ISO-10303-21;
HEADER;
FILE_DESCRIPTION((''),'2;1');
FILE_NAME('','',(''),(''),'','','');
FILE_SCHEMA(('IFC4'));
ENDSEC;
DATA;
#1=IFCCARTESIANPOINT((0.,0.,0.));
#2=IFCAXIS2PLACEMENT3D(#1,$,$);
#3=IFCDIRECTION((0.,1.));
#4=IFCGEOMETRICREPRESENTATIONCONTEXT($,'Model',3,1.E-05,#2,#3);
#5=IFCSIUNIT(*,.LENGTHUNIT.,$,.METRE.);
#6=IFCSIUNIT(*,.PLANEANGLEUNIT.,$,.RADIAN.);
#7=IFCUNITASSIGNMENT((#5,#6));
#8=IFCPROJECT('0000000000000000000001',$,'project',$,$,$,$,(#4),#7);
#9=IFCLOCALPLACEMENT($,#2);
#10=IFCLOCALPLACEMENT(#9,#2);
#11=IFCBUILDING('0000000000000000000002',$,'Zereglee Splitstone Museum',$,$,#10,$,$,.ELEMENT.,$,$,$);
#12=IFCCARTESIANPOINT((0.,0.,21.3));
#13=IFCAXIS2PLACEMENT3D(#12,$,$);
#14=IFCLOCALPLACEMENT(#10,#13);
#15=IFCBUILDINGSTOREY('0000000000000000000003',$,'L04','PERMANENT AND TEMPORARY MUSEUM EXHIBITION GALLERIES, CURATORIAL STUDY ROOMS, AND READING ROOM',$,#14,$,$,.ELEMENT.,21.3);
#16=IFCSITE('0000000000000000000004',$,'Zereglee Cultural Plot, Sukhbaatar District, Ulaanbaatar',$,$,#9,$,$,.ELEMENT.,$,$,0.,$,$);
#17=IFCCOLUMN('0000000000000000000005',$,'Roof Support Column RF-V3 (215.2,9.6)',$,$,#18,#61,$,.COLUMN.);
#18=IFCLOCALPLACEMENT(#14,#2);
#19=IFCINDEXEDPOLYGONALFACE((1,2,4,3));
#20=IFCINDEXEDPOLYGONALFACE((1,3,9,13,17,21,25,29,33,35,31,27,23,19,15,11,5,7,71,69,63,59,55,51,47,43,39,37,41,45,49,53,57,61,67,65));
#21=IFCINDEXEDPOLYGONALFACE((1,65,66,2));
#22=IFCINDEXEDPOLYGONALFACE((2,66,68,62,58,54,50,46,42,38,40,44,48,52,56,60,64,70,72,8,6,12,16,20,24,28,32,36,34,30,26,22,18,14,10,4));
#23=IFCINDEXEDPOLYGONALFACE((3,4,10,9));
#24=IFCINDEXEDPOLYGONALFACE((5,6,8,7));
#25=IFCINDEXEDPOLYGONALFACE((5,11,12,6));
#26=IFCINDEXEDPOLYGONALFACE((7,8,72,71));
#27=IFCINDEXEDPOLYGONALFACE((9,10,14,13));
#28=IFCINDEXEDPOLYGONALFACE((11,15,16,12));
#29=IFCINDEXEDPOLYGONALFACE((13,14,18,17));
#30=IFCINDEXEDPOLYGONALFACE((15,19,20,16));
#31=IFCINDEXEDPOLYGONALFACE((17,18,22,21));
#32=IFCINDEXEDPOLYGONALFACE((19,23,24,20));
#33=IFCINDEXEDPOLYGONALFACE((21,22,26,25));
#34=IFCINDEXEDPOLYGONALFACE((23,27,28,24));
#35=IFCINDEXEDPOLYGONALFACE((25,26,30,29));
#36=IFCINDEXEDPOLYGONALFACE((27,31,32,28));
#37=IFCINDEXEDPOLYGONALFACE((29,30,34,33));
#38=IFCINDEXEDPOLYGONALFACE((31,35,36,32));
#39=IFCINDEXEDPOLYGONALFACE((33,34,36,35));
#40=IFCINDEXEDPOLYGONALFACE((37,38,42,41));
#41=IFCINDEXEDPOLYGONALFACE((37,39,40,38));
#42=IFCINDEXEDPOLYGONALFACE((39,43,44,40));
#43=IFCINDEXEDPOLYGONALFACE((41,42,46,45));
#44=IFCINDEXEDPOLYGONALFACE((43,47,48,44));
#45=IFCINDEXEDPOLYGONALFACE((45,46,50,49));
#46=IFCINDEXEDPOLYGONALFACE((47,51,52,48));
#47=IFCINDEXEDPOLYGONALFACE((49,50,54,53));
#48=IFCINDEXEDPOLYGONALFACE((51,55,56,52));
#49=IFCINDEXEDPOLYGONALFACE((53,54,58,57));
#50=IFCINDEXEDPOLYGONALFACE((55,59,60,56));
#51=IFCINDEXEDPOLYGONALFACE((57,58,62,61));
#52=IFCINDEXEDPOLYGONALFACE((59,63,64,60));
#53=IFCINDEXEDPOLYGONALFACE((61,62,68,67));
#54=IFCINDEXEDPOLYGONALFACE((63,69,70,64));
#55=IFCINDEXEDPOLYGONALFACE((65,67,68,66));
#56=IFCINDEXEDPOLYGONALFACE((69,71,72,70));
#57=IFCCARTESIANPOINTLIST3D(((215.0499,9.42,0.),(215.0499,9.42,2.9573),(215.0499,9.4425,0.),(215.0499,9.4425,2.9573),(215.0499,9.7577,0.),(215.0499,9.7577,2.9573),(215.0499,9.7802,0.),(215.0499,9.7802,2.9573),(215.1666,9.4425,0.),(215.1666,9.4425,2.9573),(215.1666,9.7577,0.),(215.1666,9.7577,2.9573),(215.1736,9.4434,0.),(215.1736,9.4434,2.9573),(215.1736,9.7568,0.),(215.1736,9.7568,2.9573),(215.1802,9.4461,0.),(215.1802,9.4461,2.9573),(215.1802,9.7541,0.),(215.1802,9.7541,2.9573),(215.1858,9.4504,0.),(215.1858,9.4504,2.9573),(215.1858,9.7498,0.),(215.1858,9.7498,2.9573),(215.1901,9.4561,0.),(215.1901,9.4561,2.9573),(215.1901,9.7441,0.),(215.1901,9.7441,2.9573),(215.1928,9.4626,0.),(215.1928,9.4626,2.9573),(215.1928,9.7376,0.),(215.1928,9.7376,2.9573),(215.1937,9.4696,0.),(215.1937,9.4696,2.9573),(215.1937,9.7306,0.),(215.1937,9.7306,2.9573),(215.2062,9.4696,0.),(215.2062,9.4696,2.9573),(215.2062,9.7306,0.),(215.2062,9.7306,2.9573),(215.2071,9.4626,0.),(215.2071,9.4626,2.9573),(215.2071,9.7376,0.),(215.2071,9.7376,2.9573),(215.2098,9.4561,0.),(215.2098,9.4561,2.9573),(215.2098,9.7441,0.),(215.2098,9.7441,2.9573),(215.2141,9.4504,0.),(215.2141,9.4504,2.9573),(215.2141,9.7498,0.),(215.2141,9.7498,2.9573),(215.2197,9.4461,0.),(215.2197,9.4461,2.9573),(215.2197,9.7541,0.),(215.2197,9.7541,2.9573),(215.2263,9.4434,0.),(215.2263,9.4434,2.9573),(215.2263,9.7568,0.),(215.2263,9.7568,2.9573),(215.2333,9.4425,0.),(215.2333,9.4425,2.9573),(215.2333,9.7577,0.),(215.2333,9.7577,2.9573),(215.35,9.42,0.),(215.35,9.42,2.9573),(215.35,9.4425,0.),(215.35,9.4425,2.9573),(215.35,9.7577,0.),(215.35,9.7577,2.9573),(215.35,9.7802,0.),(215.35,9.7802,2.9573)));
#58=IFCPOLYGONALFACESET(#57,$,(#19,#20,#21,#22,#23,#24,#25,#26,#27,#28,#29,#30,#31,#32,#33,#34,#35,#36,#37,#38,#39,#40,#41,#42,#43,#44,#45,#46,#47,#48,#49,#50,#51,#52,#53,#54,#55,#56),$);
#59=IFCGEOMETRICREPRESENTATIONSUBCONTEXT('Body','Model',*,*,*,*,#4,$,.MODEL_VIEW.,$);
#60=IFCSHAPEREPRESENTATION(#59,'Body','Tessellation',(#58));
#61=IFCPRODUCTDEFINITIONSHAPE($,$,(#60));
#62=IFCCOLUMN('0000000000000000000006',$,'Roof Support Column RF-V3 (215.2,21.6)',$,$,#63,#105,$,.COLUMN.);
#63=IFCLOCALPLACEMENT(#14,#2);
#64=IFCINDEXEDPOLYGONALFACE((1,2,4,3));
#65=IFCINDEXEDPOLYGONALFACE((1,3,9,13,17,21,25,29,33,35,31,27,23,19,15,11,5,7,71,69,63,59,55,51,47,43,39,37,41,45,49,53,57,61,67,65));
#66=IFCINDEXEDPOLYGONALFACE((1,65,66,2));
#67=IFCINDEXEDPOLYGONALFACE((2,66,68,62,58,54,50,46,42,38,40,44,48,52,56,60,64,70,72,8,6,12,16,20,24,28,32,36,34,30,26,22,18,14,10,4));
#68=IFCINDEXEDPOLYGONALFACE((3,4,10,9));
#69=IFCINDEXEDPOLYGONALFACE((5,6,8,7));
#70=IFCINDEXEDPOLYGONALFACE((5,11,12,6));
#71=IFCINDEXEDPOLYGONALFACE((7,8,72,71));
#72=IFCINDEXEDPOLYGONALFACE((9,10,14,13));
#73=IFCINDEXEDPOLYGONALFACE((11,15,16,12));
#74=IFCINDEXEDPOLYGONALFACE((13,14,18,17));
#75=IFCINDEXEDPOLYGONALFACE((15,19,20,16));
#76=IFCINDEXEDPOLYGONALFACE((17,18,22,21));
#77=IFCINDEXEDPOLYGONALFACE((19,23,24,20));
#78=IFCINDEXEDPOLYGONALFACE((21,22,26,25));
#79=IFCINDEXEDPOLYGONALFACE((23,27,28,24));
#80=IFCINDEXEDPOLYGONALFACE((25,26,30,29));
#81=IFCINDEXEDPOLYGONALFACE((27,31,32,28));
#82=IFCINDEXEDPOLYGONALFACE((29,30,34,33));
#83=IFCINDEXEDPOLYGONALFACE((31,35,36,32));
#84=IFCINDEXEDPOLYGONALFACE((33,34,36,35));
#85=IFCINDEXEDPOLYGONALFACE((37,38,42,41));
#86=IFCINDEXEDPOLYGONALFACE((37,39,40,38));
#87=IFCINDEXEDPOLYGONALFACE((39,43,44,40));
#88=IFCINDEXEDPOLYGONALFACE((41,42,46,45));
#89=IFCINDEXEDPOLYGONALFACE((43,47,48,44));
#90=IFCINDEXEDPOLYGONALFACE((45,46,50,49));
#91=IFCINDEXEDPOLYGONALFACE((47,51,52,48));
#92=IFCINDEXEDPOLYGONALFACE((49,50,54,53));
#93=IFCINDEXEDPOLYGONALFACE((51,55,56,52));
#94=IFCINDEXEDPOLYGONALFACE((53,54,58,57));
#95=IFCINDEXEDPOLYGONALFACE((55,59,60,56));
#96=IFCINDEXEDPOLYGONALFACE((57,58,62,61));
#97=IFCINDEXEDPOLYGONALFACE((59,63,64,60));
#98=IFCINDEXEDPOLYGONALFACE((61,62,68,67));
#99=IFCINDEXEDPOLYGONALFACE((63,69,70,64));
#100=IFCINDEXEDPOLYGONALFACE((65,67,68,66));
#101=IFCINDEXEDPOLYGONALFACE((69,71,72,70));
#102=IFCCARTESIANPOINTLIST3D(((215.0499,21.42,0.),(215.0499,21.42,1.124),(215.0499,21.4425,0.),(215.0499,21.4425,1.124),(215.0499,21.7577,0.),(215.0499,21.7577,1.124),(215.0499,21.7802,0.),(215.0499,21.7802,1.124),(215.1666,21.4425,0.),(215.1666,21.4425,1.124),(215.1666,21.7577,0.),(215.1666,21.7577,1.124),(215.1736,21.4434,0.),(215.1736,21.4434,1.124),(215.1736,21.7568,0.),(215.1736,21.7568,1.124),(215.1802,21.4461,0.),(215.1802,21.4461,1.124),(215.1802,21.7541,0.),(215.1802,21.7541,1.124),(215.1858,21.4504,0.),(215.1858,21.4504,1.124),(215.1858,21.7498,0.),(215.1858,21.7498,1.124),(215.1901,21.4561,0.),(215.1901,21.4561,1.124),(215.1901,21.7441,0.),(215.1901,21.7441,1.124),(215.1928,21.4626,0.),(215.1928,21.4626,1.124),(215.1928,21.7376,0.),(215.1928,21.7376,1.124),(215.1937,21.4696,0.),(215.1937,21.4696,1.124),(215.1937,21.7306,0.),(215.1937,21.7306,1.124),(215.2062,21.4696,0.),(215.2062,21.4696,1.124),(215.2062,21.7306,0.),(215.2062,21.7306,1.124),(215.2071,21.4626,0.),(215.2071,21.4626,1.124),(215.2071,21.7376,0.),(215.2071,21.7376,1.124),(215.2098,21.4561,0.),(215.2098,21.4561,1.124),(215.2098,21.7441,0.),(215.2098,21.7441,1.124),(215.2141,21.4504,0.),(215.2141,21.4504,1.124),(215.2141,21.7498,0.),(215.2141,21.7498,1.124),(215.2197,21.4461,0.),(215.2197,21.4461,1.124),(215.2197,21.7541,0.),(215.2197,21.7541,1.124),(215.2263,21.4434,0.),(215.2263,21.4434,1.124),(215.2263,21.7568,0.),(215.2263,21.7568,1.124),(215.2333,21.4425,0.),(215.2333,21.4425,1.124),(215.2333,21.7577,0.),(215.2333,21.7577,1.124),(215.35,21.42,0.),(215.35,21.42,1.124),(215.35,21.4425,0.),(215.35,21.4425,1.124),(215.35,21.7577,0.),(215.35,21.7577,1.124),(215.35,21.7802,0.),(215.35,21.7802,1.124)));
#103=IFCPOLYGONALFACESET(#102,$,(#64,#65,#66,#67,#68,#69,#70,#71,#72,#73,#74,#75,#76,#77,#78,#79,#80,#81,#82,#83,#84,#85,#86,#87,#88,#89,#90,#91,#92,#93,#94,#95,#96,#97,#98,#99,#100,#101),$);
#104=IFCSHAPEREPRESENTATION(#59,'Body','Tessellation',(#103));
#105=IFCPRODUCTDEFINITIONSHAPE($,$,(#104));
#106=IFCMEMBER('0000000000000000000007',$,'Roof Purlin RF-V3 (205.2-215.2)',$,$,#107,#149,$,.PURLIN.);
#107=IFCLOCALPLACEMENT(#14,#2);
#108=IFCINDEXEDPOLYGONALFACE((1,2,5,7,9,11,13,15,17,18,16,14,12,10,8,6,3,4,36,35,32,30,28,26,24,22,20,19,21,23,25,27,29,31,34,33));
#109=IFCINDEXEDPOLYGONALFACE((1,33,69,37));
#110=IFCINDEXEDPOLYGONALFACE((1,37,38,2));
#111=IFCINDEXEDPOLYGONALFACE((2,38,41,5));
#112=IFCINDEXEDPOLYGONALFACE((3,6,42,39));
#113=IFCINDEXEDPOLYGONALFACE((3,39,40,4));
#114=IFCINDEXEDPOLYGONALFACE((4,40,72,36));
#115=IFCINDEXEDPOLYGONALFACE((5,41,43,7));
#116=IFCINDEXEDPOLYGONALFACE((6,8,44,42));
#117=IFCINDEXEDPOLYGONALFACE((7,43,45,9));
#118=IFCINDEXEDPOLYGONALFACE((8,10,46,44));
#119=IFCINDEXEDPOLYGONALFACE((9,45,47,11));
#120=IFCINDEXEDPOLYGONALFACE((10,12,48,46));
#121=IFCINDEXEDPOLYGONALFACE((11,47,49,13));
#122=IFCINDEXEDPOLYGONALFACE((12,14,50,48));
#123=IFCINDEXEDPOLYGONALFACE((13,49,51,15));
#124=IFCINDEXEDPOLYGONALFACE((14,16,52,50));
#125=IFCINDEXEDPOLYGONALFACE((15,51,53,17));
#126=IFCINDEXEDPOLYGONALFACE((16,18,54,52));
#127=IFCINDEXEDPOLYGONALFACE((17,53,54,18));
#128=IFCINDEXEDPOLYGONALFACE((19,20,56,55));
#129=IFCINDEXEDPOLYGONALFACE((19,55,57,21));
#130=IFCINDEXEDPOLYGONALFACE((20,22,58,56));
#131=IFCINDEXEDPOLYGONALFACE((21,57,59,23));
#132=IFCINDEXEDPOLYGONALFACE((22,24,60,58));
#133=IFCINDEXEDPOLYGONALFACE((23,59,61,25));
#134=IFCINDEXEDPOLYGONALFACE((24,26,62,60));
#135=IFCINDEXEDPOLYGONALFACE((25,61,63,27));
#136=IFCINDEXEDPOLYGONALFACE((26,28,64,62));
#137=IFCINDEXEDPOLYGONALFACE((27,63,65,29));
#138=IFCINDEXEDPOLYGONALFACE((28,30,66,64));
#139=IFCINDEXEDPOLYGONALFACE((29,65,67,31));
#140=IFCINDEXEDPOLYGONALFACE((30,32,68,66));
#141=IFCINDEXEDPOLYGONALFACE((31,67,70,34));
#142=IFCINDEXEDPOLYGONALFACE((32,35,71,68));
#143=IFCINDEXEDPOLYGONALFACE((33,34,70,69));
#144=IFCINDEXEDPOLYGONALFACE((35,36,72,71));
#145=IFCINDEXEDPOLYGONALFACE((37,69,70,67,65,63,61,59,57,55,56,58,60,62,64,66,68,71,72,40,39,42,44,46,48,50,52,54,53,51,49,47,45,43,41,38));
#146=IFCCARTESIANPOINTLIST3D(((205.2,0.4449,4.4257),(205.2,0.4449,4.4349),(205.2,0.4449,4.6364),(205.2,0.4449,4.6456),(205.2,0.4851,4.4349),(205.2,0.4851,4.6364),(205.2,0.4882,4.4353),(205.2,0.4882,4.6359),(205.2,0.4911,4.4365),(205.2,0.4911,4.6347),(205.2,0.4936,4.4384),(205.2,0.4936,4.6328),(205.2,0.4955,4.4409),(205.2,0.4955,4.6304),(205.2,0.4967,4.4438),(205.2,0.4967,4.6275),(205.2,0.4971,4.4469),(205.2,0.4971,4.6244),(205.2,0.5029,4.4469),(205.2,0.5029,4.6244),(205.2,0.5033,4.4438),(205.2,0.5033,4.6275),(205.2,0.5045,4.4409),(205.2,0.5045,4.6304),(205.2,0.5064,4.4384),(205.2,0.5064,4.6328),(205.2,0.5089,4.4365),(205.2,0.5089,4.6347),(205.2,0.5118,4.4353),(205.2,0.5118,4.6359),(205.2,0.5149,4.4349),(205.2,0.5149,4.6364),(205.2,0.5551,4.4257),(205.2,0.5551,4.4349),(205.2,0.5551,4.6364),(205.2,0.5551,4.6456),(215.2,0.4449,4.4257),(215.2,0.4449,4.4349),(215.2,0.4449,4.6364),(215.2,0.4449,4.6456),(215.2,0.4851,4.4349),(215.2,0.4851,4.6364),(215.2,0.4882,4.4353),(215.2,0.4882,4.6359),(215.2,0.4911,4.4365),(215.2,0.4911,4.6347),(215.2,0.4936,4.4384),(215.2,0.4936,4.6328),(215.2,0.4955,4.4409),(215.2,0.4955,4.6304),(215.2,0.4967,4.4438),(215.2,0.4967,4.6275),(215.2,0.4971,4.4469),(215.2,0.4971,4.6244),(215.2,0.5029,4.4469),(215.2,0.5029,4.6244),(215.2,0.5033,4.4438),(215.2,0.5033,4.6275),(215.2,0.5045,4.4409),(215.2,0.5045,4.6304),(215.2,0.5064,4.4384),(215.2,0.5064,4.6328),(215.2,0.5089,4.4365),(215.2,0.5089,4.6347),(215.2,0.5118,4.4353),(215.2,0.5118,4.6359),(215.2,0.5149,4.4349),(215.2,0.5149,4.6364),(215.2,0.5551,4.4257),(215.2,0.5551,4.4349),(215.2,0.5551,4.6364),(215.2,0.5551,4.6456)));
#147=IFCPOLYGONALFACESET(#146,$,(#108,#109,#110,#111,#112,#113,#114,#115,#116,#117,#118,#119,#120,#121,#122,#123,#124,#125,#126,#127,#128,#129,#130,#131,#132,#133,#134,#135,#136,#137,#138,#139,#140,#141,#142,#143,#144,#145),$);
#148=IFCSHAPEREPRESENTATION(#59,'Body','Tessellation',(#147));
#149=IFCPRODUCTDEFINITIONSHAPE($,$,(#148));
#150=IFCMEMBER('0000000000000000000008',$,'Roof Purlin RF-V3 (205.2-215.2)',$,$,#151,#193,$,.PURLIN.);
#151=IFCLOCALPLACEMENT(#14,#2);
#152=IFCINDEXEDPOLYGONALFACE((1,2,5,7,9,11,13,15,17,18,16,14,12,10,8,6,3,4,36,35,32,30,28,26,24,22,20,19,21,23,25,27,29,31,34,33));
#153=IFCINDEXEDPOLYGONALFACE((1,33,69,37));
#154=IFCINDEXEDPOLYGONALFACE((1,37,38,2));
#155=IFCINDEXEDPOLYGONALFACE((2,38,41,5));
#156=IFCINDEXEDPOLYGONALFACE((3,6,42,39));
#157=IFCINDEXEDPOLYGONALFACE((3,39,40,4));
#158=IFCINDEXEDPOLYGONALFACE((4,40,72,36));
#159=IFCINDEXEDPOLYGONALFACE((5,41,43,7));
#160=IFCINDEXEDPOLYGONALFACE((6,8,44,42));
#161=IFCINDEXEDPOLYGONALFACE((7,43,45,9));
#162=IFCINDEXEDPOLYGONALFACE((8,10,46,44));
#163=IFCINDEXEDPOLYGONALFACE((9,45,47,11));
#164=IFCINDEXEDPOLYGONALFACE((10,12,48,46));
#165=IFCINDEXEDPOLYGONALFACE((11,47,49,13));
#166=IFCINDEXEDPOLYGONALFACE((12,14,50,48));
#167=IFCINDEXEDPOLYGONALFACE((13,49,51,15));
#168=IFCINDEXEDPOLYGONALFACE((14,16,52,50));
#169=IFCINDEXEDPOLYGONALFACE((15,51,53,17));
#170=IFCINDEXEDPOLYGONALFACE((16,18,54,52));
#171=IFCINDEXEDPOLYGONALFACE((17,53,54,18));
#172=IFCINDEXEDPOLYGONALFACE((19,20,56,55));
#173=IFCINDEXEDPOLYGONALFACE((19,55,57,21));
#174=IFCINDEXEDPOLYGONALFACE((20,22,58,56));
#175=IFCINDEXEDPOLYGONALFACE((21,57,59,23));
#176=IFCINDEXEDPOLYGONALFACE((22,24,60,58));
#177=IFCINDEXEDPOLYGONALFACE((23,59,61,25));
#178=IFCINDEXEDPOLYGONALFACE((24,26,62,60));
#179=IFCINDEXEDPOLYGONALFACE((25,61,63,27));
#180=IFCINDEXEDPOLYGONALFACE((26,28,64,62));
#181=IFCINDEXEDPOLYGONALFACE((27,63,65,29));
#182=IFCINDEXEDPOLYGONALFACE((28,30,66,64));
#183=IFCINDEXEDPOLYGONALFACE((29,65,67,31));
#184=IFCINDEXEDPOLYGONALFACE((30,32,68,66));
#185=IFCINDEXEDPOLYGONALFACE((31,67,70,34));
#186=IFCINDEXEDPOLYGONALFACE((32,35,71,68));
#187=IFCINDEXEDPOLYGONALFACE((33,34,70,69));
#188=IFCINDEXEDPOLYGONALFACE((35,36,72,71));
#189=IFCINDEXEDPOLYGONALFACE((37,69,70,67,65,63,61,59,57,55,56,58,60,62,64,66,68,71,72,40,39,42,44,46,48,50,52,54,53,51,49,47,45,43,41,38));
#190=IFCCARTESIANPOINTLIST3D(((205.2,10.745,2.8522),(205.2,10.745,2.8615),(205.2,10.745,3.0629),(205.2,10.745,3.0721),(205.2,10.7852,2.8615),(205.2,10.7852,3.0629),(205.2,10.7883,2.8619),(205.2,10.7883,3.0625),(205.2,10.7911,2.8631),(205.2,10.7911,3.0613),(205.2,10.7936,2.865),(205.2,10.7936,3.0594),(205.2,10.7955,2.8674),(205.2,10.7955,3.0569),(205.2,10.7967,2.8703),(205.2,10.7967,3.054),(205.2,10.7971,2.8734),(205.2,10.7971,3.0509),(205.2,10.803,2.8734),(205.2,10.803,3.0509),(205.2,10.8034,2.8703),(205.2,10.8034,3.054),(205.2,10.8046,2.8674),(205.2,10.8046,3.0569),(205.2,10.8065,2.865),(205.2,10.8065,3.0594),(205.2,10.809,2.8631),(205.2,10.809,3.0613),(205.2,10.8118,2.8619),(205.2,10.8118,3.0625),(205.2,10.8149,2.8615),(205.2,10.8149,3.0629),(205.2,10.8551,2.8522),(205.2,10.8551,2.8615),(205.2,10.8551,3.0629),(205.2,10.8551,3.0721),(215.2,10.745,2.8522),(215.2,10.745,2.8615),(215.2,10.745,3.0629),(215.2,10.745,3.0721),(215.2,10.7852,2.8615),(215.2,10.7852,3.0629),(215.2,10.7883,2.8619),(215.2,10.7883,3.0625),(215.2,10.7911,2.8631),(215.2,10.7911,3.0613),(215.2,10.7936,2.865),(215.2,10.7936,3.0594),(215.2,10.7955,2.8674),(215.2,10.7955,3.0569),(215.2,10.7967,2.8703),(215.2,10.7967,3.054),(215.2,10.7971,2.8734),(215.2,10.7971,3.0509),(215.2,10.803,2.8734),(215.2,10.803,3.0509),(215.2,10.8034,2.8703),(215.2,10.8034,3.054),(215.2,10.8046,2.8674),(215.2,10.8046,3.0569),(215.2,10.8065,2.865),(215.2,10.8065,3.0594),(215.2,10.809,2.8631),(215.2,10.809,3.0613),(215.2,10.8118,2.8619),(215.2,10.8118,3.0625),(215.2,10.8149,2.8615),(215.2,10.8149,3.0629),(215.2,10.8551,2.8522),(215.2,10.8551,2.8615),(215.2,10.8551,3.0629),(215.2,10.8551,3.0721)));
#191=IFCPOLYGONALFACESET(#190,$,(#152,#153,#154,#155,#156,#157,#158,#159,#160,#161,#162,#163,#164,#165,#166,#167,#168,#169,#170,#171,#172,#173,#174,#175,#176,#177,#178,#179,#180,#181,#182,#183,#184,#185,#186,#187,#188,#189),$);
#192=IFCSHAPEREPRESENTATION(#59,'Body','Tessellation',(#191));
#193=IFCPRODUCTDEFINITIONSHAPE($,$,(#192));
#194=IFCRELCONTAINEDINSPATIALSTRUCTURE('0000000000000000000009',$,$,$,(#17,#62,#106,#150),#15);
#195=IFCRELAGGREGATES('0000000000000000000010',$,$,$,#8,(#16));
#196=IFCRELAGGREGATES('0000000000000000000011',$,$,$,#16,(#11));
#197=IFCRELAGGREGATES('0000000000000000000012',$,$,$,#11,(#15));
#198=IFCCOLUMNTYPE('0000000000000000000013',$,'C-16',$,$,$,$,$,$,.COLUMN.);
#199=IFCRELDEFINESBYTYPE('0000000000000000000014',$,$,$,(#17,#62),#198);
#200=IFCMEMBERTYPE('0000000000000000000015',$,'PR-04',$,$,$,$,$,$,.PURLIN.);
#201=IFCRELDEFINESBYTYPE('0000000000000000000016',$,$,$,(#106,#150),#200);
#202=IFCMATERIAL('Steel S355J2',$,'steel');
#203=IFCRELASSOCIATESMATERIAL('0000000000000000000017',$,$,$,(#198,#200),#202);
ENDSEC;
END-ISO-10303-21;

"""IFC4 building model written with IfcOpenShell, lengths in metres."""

from ifc_helpers import new_model, si_unit, direction, frame, origin, origin_2d, place, context, subcontext, project, spatial, i_section, extrude, material, material_profile, profile_set, type_object, element, save


model = new_model("IFC4")

# Units and contexts
model_context = context("Model", 3, precision=1e-05, world=origin(), true_north=direction((0.0, 1.0)))
body_context = subcontext(model_context, "Body", "Model", "MODEL_VIEW")
ifc_project = project(units=[si_unit("LENGTHUNIT", "METRE"), si_unit("PLANEANGLEUNIT", "RADIAN")], contexts=[model_context])

# Site, building, storey
site_placement = place(None, origin())
site = spatial("IfcSite", under=ifc_project, at=site_placement, Name="Zereglee Cultural Plot, Sukhbaatar District, Ulaanbaatar", CompositionType="ELEMENT", RefElevation=0.0)
building_placement = place(site_placement, origin())
building = spatial("IfcBuilding", under=site, at=building_placement, Name="Zereglee Splitstone Museum", CompositionType="ELEMENT")
storey_placement = place(building_placement, frame((0.0, 0.0, 21.3)))
storey = spatial("IfcBuildingStorey", under=building, at=storey_placement, Name="L04", Description="PERMANENT AND TEMPORARY MUSEUM EXHIBITION GALLERIES, CURATORIAL STUDY ROOMS, AND READING ROOM", CompositionType="ELEMENT", Elevation=21.3)

# Columns
ifc_material_1 = material(Name="Steel S355J2", Category="steel")
ifc_material_profile_1 = material_profile(ifc_material_1, i_section(OverallWidth=0.3, OverallDepth=0.3601, WebThickness=0.0125, FlangeThickness=0.0225, FilletRadius=0.0271, at=origin_2d()), Name="HE 360 B")
ifc_profile_set_1 = profile_set([ifc_material_profile_1], Name="Steel S355J2")
column_type = type_object("IfcColumnType", Name="C-16", PredefinedType="COLUMN", material=ifc_profile_set_1)
column_1_placement = place(storey_placement, frame((215.2, 9.6001, 0.0), z_axis=(0.0, 0.0, 1.0), x_axis=(1.0, 0.0, 0.0)))
element("IfcColumn", 1, at=column_1_placement, inside=storey, type_object=column_type, Name="Roof Support Column RF-V3 (215.2,9.6)", PredefinedType="COLUMN", context=body_context, shape_type="SweptSolid", body=[
    extrude(i_section(OverallWidth=0.3, OverallDepth=0.3601, WebThickness=0.0125, FlangeThickness=0.0225, FilletRadius=0.0271, at=origin_2d()), origin(), (0.0, 0.0, 1.0), 2.9573),
])
column_2_placement = place(storey_placement, frame((215.2, 21.6001, 0.0), z_axis=(0.0, 0.0, 1.0), x_axis=(1.0, 0.0, 0.0)))
element("IfcColumn", 2, at=column_2_placement, inside=storey, type_object=column_type, Name="Roof Support Column RF-V3 (215.2,21.6)", PredefinedType="COLUMN", context=body_context, shape_type="SweptSolid", body=[
    extrude(i_section(OverallWidth=0.3, OverallDepth=0.3601, WebThickness=0.0125, FlangeThickness=0.0225, FilletRadius=0.0271, at=origin_2d()), origin(), (0.0, 0.0, 1.0), 1.124),
])

# Members
ifc_material_profile_2 = material_profile(ifc_material_1, i_section(OverallWidth=0.1101, OverallDepth=0.22, WebThickness=0.0059, FlangeThickness=0.0093, FilletRadius=0.012, at=origin_2d()), Name="IPE 220")
ifc_profile_set_2 = profile_set([ifc_material_profile_2], Name="Steel S355J2")
member_type_1 = type_object("IfcMemberType", Name="PR-04", PredefinedType="PURLIN", material=ifc_profile_set_2)
for number, where, z_axis, x_axis, name in (
    (3, (205.2, 0.5, 4.5356), (1.0, 0.0, 0.0), (0.0, 1.0, 0.0), "Roof Purlin RF-V3 (205.2-215.2)"),
    (4, (205.2, 10.8, 2.9622), (1.0, 0.0, 0.0), (0.0, 1.0, 0.0), "Roof Purlin RF-V3 (205.2-215.2)"),
):
    element("IfcMember", number, at=place(storey_placement, frame(where, z_axis=z_axis, x_axis=x_axis)), inside=storey, type_object=member_type_1, Name=name, PredefinedType="PURLIN", context=body_context, shape_type="SweptSolid", body=[
        extrude(i_section(OverallWidth=0.1101, OverallDepth=0.22, WebThickness=0.0059, FlangeThickness=0.0093, FilletRadius=0.012, at=origin_2d()), origin(), (0.0, 0.0, 1.0), 10.0),
    ])

save(model, "model.ifc")
